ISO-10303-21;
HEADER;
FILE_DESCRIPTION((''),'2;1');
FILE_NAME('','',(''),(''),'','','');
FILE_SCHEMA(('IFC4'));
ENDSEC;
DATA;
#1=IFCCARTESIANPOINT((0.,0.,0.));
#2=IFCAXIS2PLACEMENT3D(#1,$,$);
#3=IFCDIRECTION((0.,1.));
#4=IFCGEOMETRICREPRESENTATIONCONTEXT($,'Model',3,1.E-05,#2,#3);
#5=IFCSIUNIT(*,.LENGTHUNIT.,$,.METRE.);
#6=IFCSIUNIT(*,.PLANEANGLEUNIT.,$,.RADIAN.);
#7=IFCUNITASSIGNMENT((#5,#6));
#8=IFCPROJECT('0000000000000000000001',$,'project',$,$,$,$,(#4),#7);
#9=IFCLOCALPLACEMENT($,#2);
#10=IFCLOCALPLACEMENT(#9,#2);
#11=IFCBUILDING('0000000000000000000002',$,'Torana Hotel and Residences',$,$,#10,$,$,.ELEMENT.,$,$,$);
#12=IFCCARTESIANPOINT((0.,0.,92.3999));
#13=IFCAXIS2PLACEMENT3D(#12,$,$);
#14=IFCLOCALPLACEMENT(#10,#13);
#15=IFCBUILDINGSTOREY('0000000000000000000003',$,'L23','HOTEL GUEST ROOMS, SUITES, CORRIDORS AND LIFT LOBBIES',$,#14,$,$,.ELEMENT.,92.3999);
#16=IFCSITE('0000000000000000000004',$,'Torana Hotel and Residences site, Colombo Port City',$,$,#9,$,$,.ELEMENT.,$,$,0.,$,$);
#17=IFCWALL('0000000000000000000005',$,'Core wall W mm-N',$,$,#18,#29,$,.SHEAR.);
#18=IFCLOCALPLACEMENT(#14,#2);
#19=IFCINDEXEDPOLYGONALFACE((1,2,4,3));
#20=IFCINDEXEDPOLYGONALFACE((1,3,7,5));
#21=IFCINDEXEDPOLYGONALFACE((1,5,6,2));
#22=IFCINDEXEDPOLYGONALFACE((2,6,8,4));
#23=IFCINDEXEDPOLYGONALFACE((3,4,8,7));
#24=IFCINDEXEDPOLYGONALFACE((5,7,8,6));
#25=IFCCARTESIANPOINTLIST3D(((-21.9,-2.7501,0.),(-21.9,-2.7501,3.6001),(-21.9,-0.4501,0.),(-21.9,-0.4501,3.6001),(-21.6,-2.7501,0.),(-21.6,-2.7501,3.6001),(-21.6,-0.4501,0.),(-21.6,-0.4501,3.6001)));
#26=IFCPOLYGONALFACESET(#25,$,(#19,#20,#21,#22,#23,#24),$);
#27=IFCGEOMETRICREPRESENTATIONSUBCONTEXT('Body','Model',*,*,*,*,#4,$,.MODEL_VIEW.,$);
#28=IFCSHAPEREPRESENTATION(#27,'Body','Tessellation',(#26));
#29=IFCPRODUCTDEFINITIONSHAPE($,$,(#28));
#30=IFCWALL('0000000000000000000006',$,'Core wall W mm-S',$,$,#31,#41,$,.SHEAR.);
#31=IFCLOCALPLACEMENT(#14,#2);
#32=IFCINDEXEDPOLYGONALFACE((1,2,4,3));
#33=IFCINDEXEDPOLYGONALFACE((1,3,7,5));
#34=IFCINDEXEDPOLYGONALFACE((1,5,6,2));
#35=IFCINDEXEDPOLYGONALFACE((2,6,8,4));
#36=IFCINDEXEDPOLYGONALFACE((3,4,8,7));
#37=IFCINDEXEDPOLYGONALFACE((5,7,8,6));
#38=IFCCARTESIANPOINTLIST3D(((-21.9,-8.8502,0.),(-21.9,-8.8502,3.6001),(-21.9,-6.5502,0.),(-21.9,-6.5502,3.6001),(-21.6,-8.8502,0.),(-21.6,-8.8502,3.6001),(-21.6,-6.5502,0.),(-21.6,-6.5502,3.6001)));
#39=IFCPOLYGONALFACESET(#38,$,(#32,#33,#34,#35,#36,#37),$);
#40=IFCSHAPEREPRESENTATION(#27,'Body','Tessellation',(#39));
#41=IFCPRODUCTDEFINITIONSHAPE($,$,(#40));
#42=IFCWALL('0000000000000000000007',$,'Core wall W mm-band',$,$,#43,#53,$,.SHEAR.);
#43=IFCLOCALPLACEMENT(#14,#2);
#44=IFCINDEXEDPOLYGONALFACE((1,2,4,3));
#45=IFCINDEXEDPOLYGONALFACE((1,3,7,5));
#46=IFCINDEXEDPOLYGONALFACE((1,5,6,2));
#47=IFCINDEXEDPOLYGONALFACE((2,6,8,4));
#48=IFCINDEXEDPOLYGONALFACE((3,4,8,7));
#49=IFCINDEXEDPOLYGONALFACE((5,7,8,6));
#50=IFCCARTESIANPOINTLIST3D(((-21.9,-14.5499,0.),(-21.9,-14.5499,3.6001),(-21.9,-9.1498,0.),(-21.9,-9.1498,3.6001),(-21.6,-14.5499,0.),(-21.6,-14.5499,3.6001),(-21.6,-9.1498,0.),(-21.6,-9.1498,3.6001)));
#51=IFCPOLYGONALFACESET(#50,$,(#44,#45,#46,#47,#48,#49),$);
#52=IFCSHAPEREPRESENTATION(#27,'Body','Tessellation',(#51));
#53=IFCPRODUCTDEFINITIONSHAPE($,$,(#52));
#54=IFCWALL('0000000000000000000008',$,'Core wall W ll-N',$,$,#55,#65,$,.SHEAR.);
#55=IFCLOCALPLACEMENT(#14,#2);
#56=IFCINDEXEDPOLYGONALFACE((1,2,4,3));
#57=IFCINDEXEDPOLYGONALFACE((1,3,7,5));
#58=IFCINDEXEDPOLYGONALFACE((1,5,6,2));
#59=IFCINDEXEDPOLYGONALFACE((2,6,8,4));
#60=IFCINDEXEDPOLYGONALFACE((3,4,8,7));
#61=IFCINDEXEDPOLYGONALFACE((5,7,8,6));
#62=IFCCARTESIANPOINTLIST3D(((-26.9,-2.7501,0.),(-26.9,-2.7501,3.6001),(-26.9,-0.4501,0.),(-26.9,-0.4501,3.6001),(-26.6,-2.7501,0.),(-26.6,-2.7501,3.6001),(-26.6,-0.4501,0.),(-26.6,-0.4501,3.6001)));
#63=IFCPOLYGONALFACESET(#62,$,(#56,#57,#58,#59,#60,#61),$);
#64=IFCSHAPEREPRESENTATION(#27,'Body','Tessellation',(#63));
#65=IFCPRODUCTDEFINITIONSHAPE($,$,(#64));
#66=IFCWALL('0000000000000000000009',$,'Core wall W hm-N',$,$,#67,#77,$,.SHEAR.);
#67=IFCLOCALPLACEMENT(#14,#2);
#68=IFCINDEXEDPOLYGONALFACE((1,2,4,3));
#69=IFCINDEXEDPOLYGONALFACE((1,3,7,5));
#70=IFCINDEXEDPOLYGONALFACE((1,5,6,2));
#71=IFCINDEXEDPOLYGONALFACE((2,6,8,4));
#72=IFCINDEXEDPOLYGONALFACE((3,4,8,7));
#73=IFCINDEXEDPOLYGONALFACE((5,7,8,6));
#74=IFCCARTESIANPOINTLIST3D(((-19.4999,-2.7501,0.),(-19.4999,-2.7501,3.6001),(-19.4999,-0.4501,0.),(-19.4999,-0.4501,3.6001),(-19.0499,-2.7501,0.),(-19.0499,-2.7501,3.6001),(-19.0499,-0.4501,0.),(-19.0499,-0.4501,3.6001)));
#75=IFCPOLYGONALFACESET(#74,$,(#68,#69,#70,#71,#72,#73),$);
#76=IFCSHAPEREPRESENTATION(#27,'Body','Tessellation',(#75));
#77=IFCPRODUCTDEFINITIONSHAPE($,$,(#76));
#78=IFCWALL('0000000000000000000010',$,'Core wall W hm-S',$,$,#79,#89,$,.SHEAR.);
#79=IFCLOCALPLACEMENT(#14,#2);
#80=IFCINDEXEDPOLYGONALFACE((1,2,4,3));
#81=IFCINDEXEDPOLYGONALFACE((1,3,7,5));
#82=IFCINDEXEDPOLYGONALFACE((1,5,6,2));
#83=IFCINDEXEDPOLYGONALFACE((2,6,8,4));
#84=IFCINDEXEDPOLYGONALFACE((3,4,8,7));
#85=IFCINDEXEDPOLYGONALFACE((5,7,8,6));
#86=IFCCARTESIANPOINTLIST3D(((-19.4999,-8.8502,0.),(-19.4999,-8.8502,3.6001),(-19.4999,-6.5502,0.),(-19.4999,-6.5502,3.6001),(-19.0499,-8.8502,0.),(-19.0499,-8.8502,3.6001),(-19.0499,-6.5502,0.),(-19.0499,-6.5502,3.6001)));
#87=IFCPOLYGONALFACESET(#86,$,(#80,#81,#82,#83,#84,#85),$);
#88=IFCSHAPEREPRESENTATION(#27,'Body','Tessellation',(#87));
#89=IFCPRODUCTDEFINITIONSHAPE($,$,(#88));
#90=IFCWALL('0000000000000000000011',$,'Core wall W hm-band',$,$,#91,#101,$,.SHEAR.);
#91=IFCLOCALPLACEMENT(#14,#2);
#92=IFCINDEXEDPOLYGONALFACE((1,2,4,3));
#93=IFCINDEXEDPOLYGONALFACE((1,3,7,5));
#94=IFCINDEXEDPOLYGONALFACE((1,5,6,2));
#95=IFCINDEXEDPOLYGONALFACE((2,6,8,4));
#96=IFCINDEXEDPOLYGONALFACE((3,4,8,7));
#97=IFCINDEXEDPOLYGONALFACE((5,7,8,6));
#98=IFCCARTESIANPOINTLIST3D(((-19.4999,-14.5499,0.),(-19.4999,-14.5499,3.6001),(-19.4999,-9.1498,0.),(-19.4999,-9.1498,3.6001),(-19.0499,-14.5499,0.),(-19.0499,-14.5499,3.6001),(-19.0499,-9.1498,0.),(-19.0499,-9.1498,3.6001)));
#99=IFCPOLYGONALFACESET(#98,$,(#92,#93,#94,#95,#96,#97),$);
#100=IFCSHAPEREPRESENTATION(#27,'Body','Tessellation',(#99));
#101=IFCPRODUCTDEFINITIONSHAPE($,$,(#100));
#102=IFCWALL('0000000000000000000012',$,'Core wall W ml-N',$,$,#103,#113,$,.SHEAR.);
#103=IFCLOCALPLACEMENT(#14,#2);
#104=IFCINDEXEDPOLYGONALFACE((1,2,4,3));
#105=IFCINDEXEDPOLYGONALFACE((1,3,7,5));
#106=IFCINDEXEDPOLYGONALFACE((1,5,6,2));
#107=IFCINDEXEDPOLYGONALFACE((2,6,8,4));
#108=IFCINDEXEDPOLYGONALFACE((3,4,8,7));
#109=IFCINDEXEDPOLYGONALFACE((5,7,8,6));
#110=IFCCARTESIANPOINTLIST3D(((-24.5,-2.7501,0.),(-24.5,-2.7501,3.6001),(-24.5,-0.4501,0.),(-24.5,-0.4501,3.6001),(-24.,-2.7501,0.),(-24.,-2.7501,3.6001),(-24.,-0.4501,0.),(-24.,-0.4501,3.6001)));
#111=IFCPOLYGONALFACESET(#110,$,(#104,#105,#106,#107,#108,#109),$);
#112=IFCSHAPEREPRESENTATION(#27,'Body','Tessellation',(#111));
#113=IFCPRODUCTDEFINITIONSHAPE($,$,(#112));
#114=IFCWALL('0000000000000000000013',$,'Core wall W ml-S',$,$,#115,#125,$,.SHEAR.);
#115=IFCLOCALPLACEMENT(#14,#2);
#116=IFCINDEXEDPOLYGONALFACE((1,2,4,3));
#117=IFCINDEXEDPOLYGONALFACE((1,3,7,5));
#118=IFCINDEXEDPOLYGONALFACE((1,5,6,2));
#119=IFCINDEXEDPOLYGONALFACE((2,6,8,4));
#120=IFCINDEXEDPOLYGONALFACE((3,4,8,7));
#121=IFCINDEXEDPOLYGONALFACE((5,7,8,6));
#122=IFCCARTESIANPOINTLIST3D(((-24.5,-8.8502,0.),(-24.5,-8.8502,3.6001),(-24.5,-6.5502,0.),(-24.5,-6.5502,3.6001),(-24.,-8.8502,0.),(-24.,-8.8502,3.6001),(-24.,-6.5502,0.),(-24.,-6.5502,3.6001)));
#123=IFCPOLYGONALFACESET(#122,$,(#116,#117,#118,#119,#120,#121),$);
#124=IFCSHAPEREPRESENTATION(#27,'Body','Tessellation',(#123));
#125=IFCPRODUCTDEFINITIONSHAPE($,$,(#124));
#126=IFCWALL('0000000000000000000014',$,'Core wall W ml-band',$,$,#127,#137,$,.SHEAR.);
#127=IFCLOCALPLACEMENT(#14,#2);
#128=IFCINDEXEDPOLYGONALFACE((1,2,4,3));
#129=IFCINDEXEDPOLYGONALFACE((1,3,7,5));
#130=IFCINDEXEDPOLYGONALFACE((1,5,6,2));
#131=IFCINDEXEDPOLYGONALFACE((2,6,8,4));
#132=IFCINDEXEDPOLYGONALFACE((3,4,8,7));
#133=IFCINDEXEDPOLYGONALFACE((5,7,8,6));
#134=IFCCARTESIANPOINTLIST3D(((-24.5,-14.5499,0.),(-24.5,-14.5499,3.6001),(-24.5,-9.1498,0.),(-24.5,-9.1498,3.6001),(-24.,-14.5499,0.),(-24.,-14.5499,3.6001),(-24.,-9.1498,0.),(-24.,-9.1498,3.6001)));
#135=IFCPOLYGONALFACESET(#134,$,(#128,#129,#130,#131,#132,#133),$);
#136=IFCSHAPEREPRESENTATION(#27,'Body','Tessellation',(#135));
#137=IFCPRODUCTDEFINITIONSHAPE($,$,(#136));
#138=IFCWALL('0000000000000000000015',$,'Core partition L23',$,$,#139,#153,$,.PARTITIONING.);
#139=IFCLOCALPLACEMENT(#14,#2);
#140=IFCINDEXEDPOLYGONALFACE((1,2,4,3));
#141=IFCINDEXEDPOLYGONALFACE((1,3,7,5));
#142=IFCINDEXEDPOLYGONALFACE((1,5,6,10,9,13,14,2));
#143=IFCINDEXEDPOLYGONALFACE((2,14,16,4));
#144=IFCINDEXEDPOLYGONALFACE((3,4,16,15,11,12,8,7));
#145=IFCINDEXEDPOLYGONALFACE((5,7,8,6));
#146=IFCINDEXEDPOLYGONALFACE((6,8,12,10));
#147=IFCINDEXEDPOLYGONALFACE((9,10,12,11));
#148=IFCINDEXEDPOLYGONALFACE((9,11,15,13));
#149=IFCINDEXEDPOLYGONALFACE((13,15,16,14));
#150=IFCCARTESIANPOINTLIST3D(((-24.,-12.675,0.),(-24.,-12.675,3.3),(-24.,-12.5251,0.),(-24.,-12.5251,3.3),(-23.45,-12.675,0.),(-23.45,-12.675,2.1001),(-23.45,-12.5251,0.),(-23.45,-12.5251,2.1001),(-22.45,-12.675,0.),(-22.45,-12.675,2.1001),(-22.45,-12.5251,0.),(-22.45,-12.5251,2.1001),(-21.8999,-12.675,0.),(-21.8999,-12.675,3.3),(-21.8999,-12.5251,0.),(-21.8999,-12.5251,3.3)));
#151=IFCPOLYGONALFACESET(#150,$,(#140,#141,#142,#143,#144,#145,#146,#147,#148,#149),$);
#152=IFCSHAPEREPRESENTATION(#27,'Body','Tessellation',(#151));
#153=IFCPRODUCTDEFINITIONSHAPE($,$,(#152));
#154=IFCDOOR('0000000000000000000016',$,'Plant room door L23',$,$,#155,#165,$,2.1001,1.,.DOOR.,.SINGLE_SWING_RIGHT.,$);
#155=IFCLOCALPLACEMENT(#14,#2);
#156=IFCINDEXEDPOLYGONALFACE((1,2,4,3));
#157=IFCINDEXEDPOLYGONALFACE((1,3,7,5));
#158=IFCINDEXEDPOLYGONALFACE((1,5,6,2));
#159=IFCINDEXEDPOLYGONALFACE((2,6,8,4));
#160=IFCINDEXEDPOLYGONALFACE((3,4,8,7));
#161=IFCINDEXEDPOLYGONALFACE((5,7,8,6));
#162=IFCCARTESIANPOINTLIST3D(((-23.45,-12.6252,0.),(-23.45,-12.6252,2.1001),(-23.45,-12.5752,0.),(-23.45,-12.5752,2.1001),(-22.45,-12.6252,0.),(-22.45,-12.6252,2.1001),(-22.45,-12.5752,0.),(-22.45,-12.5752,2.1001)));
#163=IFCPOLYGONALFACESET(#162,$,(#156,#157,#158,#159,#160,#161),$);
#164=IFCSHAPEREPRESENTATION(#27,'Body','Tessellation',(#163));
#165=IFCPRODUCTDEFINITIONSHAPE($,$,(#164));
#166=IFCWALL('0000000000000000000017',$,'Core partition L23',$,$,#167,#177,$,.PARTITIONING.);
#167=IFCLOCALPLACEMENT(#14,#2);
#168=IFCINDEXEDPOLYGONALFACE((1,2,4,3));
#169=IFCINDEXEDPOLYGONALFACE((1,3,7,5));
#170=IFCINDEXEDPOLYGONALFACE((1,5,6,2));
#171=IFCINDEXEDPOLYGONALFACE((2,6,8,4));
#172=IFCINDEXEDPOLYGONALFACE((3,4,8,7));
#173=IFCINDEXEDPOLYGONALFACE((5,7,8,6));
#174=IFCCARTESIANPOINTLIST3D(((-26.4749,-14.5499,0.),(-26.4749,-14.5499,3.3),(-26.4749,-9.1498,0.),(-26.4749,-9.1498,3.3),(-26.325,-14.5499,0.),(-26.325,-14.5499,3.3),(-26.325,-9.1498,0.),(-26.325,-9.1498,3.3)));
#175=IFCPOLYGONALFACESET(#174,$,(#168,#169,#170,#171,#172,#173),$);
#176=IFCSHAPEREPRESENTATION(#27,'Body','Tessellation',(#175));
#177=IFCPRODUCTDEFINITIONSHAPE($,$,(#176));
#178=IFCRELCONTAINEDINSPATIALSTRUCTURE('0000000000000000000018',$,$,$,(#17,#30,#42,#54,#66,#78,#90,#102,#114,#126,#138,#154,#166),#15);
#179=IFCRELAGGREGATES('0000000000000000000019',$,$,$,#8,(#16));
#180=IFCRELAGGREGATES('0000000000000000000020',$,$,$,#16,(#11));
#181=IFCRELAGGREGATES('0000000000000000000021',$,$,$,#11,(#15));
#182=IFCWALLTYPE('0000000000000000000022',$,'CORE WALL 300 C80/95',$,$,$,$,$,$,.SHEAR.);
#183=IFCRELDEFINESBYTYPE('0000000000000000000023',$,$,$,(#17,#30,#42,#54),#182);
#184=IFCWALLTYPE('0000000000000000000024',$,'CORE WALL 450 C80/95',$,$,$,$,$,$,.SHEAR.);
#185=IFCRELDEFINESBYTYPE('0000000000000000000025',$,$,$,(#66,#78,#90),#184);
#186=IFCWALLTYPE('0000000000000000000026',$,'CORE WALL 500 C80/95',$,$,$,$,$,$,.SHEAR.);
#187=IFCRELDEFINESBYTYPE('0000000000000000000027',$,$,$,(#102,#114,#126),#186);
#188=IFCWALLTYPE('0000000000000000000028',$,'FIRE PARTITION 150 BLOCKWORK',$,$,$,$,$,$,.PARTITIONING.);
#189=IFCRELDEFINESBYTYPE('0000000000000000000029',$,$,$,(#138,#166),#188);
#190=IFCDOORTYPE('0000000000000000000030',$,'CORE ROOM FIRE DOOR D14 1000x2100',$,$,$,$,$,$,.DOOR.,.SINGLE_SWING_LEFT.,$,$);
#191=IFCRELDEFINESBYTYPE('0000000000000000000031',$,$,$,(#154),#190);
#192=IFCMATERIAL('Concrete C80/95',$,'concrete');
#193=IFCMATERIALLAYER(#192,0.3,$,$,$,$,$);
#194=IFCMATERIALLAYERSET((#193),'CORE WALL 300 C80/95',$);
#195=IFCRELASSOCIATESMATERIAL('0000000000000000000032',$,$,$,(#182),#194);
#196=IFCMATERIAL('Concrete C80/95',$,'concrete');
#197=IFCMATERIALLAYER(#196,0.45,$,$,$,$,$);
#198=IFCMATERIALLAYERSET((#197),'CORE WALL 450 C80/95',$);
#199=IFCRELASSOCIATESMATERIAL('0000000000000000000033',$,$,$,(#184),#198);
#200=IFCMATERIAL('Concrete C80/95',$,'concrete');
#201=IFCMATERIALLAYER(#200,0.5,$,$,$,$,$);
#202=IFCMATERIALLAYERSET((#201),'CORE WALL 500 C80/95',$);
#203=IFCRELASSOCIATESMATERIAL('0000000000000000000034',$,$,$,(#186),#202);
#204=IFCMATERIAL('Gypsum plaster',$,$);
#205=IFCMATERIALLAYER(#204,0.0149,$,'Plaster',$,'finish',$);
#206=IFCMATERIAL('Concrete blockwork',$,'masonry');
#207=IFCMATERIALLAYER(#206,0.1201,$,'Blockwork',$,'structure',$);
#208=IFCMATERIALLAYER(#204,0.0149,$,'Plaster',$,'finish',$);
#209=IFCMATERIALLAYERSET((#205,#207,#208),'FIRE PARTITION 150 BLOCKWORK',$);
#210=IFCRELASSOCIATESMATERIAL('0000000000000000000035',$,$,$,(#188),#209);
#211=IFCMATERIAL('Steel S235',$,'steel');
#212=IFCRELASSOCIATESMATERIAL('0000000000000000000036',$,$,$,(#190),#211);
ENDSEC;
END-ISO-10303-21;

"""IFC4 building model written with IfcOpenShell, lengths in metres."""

from ifc_helpers import new_model, si_unit, direction, frame, frame_2d, origin, place, context, subcontext, project, spatial, rectangle, extrude, material, layer, layer_set, type_object, element, fill, save


model = new_model("IFC4")

# Units and contexts
model_context = context("Model", 3, precision=1e-05, world=origin(), true_north=direction((0.0, 1.0)))
body_context = subcontext(model_context, "Body", "Model", "MODEL_VIEW")
ifc_project = project(units=[si_unit("LENGTHUNIT", "METRE"), si_unit("PLANEANGLEUNIT", "RADIAN")], contexts=[model_context])

# Site, building, storey
site_placement = place(None, origin())
site = spatial("IfcSite", under=ifc_project, at=site_placement, Name="Torana Hotel and Residences site, Colombo Port City", CompositionType="ELEMENT", RefElevation=0.0)
building_placement = place(site_placement, origin())
building = spatial("IfcBuilding", under=site, at=building_placement, Name="Torana Hotel and Residences", CompositionType="ELEMENT")
storey_placement = place(building_placement, frame((0.0, 0.0, 92.3999)))
storey = spatial("IfcBuildingStorey", under=building, at=storey_placement, Name="L23", Description="HOTEL GUEST ROOMS, SUITES, CORRIDORS AND LIFT LOBBIES", CompositionType="ELEMENT", Elevation=92.3999)

# Walls
ifc_material_1 = material(Name="Concrete C80/95", Category="concrete")
ifc_layer_1 = layer(ifc_material_1, 0.3)
ifc_layer_set_1 = layer_set([ifc_layer_1], Name="CORE WALL 300 C80/95")
wall_type_1 = type_object("IfcWallType", Name="CORE WALL 300 C80/95", PredefinedType="SHEAR", material=ifc_layer_set_1)
for number, where, z_axis, x_axis, name in (
    (1, (-21.75, -2.75, 0.0), (0.0, 0.0, 1.0), (0.0, 1.0, 0.0), "Core wall W mm-N"),
    (2, (-21.75, -8.8501, 0.0), (0.0, 0.0, 1.0), (0.0, 1.0, 0.0), "Core wall W mm-S"),
):
    element("IfcWall", number, at=place(storey_placement, frame(where, z_axis=z_axis, x_axis=x_axis)), inside=storey, type_object=wall_type_1, Name=name, PredefinedType="SHEAR", context=body_context, shape_type="SweptSolid", body=[
        extrude(rectangle(XDim=2.3, YDim=0.3, at=frame_2d((1.1499, 0.0))), origin(), (0.0, 0.0, 1.0), 3.6001),
    ])
wall_1_placement = place(storey_placement, frame((-21.75, -14.55, 0.0), z_axis=(0.0, 0.0, 1.0), x_axis=(0.0, 1.0, 0.0)))
element("IfcWall", 3, at=wall_1_placement, inside=storey, type_object=wall_type_1, Name="Core wall W mm-band", PredefinedType="SHEAR", context=body_context, shape_type="SweptSolid", body=[
    extrude(rectangle(XDim=5.4001, YDim=0.3, at=frame_2d((2.7002, 0.0))), origin(), (0.0, 0.0, 1.0), 3.6001),
])
wall_2_placement = place(storey_placement, frame((-26.75, -2.75, 0.0), z_axis=(0.0, 0.0, 1.0), x_axis=(0.0, 1.0, 0.0)))
element("IfcWall", 4, at=wall_2_placement, inside=storey, type_object=wall_type_1, Name="Core wall W ll-N", PredefinedType="SHEAR", context=body_context, shape_type="SweptSolid", body=[
    extrude(rectangle(XDim=2.3, YDim=0.3, at=frame_2d((1.1499, 0.0))), origin(), (0.0, 0.0, 1.0), 3.6001),
])
ifc_material_2 = material(Name="Concrete C80/95", Category="concrete")
ifc_layer_2 = layer(ifc_material_2, 0.45)
ifc_layer_set_2 = layer_set([ifc_layer_2], Name="CORE WALL 450 C80/95")
wall_type_2 = type_object("IfcWallType", Name="CORE WALL 450 C80/95", PredefinedType="SHEAR", material=ifc_layer_set_2)
for number, where, z_axis, x_axis, name in (
    (5, (-19.2749, -2.75, 0.0), (0.0, 0.0, 1.0), (0.0, 1.0, 0.0), "Core wall W hm-N"),
    (6, (-19.2749, -8.8501, 0.0), (0.0, 0.0, 1.0), (0.0, 1.0, 0.0), "Core wall W hm-S"),
):
    element("IfcWall", number, at=place(storey_placement, frame(where, z_axis=z_axis, x_axis=x_axis)), inside=storey, type_object=wall_type_2, Name=name, PredefinedType="SHEAR", context=body_context, shape_type="SweptSolid", body=[
        extrude(rectangle(XDim=2.3, YDim=0.45, at=frame_2d((1.1499, 0.0))), origin(), (0.0, 0.0, 1.0), 3.6001),
    ])
wall_3_placement = place(storey_placement, frame((-19.2749, -14.55, 0.0), z_axis=(0.0, 0.0, 1.0), x_axis=(0.0, 1.0, 0.0)))
element("IfcWall", 7, at=wall_3_placement, inside=storey, type_object=wall_type_2, Name="Core wall W hm-band", PredefinedType="SHEAR", context=body_context, shape_type="SweptSolid", body=[
    extrude(rectangle(XDim=5.4001, YDim=0.45, at=frame_2d((2.7002, 0.0))), origin(), (0.0, 0.0, 1.0), 3.6001),
])
ifc_material_3 = material(Name="Concrete C80/95", Category="concrete")
ifc_layer_3 = layer(ifc_material_3, 0.5)
ifc_layer_set_3 = layer_set([ifc_layer_3], Name="CORE WALL 500 C80/95")
wall_type_3 = type_object("IfcWallType", Name="CORE WALL 500 C80/95", PredefinedType="SHEAR", material=ifc_layer_set_3)
for number, where, z_axis, x_axis, name in (
    (8, (-24.25, -2.75, 0.0), (0.0, 0.0, 1.0), (0.0, 1.0, 0.0), "Core wall W ml-N"),
    (9, (-24.25, -8.8501, 0.0), (0.0, 0.0, 1.0), (0.0, 1.0, 0.0), "Core wall W ml-S"),
):
    element("IfcWall", number, at=place(storey_placement, frame(where, z_axis=z_axis, x_axis=x_axis)), inside=storey, type_object=wall_type_3, Name=name, PredefinedType="SHEAR", context=body_context, shape_type="SweptSolid", body=[
        extrude(rectangle(XDim=2.3, YDim=0.5, at=frame_2d((1.1499, 0.0))), origin(), (0.0, 0.0, 1.0), 3.6001),
    ])
wall_4_placement = place(storey_placement, frame((-24.25, -14.55, 0.0), z_axis=(0.0, 0.0, 1.0), x_axis=(0.0, 1.0, 0.0)))
element("IfcWall", 10, at=wall_4_placement, inside=storey, type_object=wall_type_3, Name="Core wall W ml-band", PredefinedType="SHEAR", context=body_context, shape_type="SweptSolid", body=[
    extrude(rectangle(XDim=5.4001, YDim=0.5, at=frame_2d((2.7002, 0.0))), origin(), (0.0, 0.0, 1.0), 3.6001),
])

# Wall, opening, door
ifc_material_4 = material(Name="Gypsum plaster")
ifc_layer_4 = layer(ifc_material_4, 0.0149, Name="Plaster", Category="finish")
ifc_material_5 = material(Name="Concrete blockwork", Category="masonry")
ifc_layer_5 = layer(ifc_material_5, 0.1201, Name="Blockwork", Category="structure")
ifc_layer_6 = layer(ifc_material_4, 0.0149, Name="Plaster", Category="finish")
ifc_layer_set_4 = layer_set([ifc_layer_4, ifc_layer_5, ifc_layer_6], Name="FIRE PARTITION 150 BLOCKWORK")
wall_type_4 = type_object("IfcWallType", Name="FIRE PARTITION 150 BLOCKWORK", PredefinedType="PARTITIONING", material=ifc_layer_set_4)
wall_5_placement = place(storey_placement, frame((-24.0, -12.6001, 0.0), z_axis=(0.0, 0.0, 1.0), x_axis=(1.0, 0.0, 0.0)))
wall_5 = element("IfcWall", 11, at=wall_5_placement, inside=storey, type_object=wall_type_4, Name="Core partition L23", PredefinedType="PARTITIONING", context=body_context, shape_type="SweptSolid", body=[
    extrude(rectangle(XDim=2.1001, YDim=0.1499, at=frame_2d((1.05, 0.0))), origin(), (0.0, 0.0, 1.0), 3.3),
])
opening_placement = place(wall_5_placement, frame((0.55, 0.0, 0.0)))
opening = element("IfcOpeningElement", 12, at=opening_placement, cuts=wall_5, PredefinedType="OPENING", context=body_context, shape_type="SweptSolid", body=[
    extrude(rectangle(XDim=1.0, YDim=2.1001, at=frame_2d((0.5, 1.05))), frame((0.0, 0.085, 0.0), z_axis=(0.0, -1.0, 0.0), x_axis=(1.0, 0.0, 0.0)), (0.0, 0.0, 1.0), 0.1699),
])
ifc_material_6 = material(Name="Steel S235", Category="steel")
door_type = type_object("IfcDoorType", Name="CORE ROOM FIRE DOOR D14 1000x2100", OperationType="SINGLE_SWING_LEFT", PredefinedType="DOOR", material=ifc_material_6)
door_placement = place(opening_placement, origin())
door = element("IfcDoor", 13, at=door_placement, inside=storey, type_object=door_type, Name="Plant room door L23", OperationType="SINGLE_SWING_RIGHT", OverallHeight=2.1001, OverallWidth=1.0, PredefinedType="DOOR", context=body_context, shape_type="SweptSolid", body=[
    extrude(rectangle(XDim=1.0, YDim=2.1001, at=frame_2d((0.5, 1.05))), frame((0.0, 0.0249, 0.0), z_axis=(0.0, -1.0, 0.0), x_axis=(1.0, 0.0, 0.0)), (0.0, 0.0, 1.0), 0.05),
])
fill(opening, door)

# Wall
wall_6_placement = place(storey_placement, frame((-26.3999, -14.55, 0.0), z_axis=(0.0, 0.0, 1.0), x_axis=(0.0, 1.0, 0.0)))
element("IfcWall", 14, at=wall_6_placement, inside=storey, type_object=wall_type_4, Name="Core partition L23", PredefinedType="PARTITIONING", context=body_context, shape_type="SweptSolid", body=[
    extrude(rectangle(XDim=5.4001, YDim=0.1499, at=frame_2d((2.7002, 0.0))), origin(), (0.0, 0.0, 1.0), 3.3),
])

save(model, "model.ifc")
